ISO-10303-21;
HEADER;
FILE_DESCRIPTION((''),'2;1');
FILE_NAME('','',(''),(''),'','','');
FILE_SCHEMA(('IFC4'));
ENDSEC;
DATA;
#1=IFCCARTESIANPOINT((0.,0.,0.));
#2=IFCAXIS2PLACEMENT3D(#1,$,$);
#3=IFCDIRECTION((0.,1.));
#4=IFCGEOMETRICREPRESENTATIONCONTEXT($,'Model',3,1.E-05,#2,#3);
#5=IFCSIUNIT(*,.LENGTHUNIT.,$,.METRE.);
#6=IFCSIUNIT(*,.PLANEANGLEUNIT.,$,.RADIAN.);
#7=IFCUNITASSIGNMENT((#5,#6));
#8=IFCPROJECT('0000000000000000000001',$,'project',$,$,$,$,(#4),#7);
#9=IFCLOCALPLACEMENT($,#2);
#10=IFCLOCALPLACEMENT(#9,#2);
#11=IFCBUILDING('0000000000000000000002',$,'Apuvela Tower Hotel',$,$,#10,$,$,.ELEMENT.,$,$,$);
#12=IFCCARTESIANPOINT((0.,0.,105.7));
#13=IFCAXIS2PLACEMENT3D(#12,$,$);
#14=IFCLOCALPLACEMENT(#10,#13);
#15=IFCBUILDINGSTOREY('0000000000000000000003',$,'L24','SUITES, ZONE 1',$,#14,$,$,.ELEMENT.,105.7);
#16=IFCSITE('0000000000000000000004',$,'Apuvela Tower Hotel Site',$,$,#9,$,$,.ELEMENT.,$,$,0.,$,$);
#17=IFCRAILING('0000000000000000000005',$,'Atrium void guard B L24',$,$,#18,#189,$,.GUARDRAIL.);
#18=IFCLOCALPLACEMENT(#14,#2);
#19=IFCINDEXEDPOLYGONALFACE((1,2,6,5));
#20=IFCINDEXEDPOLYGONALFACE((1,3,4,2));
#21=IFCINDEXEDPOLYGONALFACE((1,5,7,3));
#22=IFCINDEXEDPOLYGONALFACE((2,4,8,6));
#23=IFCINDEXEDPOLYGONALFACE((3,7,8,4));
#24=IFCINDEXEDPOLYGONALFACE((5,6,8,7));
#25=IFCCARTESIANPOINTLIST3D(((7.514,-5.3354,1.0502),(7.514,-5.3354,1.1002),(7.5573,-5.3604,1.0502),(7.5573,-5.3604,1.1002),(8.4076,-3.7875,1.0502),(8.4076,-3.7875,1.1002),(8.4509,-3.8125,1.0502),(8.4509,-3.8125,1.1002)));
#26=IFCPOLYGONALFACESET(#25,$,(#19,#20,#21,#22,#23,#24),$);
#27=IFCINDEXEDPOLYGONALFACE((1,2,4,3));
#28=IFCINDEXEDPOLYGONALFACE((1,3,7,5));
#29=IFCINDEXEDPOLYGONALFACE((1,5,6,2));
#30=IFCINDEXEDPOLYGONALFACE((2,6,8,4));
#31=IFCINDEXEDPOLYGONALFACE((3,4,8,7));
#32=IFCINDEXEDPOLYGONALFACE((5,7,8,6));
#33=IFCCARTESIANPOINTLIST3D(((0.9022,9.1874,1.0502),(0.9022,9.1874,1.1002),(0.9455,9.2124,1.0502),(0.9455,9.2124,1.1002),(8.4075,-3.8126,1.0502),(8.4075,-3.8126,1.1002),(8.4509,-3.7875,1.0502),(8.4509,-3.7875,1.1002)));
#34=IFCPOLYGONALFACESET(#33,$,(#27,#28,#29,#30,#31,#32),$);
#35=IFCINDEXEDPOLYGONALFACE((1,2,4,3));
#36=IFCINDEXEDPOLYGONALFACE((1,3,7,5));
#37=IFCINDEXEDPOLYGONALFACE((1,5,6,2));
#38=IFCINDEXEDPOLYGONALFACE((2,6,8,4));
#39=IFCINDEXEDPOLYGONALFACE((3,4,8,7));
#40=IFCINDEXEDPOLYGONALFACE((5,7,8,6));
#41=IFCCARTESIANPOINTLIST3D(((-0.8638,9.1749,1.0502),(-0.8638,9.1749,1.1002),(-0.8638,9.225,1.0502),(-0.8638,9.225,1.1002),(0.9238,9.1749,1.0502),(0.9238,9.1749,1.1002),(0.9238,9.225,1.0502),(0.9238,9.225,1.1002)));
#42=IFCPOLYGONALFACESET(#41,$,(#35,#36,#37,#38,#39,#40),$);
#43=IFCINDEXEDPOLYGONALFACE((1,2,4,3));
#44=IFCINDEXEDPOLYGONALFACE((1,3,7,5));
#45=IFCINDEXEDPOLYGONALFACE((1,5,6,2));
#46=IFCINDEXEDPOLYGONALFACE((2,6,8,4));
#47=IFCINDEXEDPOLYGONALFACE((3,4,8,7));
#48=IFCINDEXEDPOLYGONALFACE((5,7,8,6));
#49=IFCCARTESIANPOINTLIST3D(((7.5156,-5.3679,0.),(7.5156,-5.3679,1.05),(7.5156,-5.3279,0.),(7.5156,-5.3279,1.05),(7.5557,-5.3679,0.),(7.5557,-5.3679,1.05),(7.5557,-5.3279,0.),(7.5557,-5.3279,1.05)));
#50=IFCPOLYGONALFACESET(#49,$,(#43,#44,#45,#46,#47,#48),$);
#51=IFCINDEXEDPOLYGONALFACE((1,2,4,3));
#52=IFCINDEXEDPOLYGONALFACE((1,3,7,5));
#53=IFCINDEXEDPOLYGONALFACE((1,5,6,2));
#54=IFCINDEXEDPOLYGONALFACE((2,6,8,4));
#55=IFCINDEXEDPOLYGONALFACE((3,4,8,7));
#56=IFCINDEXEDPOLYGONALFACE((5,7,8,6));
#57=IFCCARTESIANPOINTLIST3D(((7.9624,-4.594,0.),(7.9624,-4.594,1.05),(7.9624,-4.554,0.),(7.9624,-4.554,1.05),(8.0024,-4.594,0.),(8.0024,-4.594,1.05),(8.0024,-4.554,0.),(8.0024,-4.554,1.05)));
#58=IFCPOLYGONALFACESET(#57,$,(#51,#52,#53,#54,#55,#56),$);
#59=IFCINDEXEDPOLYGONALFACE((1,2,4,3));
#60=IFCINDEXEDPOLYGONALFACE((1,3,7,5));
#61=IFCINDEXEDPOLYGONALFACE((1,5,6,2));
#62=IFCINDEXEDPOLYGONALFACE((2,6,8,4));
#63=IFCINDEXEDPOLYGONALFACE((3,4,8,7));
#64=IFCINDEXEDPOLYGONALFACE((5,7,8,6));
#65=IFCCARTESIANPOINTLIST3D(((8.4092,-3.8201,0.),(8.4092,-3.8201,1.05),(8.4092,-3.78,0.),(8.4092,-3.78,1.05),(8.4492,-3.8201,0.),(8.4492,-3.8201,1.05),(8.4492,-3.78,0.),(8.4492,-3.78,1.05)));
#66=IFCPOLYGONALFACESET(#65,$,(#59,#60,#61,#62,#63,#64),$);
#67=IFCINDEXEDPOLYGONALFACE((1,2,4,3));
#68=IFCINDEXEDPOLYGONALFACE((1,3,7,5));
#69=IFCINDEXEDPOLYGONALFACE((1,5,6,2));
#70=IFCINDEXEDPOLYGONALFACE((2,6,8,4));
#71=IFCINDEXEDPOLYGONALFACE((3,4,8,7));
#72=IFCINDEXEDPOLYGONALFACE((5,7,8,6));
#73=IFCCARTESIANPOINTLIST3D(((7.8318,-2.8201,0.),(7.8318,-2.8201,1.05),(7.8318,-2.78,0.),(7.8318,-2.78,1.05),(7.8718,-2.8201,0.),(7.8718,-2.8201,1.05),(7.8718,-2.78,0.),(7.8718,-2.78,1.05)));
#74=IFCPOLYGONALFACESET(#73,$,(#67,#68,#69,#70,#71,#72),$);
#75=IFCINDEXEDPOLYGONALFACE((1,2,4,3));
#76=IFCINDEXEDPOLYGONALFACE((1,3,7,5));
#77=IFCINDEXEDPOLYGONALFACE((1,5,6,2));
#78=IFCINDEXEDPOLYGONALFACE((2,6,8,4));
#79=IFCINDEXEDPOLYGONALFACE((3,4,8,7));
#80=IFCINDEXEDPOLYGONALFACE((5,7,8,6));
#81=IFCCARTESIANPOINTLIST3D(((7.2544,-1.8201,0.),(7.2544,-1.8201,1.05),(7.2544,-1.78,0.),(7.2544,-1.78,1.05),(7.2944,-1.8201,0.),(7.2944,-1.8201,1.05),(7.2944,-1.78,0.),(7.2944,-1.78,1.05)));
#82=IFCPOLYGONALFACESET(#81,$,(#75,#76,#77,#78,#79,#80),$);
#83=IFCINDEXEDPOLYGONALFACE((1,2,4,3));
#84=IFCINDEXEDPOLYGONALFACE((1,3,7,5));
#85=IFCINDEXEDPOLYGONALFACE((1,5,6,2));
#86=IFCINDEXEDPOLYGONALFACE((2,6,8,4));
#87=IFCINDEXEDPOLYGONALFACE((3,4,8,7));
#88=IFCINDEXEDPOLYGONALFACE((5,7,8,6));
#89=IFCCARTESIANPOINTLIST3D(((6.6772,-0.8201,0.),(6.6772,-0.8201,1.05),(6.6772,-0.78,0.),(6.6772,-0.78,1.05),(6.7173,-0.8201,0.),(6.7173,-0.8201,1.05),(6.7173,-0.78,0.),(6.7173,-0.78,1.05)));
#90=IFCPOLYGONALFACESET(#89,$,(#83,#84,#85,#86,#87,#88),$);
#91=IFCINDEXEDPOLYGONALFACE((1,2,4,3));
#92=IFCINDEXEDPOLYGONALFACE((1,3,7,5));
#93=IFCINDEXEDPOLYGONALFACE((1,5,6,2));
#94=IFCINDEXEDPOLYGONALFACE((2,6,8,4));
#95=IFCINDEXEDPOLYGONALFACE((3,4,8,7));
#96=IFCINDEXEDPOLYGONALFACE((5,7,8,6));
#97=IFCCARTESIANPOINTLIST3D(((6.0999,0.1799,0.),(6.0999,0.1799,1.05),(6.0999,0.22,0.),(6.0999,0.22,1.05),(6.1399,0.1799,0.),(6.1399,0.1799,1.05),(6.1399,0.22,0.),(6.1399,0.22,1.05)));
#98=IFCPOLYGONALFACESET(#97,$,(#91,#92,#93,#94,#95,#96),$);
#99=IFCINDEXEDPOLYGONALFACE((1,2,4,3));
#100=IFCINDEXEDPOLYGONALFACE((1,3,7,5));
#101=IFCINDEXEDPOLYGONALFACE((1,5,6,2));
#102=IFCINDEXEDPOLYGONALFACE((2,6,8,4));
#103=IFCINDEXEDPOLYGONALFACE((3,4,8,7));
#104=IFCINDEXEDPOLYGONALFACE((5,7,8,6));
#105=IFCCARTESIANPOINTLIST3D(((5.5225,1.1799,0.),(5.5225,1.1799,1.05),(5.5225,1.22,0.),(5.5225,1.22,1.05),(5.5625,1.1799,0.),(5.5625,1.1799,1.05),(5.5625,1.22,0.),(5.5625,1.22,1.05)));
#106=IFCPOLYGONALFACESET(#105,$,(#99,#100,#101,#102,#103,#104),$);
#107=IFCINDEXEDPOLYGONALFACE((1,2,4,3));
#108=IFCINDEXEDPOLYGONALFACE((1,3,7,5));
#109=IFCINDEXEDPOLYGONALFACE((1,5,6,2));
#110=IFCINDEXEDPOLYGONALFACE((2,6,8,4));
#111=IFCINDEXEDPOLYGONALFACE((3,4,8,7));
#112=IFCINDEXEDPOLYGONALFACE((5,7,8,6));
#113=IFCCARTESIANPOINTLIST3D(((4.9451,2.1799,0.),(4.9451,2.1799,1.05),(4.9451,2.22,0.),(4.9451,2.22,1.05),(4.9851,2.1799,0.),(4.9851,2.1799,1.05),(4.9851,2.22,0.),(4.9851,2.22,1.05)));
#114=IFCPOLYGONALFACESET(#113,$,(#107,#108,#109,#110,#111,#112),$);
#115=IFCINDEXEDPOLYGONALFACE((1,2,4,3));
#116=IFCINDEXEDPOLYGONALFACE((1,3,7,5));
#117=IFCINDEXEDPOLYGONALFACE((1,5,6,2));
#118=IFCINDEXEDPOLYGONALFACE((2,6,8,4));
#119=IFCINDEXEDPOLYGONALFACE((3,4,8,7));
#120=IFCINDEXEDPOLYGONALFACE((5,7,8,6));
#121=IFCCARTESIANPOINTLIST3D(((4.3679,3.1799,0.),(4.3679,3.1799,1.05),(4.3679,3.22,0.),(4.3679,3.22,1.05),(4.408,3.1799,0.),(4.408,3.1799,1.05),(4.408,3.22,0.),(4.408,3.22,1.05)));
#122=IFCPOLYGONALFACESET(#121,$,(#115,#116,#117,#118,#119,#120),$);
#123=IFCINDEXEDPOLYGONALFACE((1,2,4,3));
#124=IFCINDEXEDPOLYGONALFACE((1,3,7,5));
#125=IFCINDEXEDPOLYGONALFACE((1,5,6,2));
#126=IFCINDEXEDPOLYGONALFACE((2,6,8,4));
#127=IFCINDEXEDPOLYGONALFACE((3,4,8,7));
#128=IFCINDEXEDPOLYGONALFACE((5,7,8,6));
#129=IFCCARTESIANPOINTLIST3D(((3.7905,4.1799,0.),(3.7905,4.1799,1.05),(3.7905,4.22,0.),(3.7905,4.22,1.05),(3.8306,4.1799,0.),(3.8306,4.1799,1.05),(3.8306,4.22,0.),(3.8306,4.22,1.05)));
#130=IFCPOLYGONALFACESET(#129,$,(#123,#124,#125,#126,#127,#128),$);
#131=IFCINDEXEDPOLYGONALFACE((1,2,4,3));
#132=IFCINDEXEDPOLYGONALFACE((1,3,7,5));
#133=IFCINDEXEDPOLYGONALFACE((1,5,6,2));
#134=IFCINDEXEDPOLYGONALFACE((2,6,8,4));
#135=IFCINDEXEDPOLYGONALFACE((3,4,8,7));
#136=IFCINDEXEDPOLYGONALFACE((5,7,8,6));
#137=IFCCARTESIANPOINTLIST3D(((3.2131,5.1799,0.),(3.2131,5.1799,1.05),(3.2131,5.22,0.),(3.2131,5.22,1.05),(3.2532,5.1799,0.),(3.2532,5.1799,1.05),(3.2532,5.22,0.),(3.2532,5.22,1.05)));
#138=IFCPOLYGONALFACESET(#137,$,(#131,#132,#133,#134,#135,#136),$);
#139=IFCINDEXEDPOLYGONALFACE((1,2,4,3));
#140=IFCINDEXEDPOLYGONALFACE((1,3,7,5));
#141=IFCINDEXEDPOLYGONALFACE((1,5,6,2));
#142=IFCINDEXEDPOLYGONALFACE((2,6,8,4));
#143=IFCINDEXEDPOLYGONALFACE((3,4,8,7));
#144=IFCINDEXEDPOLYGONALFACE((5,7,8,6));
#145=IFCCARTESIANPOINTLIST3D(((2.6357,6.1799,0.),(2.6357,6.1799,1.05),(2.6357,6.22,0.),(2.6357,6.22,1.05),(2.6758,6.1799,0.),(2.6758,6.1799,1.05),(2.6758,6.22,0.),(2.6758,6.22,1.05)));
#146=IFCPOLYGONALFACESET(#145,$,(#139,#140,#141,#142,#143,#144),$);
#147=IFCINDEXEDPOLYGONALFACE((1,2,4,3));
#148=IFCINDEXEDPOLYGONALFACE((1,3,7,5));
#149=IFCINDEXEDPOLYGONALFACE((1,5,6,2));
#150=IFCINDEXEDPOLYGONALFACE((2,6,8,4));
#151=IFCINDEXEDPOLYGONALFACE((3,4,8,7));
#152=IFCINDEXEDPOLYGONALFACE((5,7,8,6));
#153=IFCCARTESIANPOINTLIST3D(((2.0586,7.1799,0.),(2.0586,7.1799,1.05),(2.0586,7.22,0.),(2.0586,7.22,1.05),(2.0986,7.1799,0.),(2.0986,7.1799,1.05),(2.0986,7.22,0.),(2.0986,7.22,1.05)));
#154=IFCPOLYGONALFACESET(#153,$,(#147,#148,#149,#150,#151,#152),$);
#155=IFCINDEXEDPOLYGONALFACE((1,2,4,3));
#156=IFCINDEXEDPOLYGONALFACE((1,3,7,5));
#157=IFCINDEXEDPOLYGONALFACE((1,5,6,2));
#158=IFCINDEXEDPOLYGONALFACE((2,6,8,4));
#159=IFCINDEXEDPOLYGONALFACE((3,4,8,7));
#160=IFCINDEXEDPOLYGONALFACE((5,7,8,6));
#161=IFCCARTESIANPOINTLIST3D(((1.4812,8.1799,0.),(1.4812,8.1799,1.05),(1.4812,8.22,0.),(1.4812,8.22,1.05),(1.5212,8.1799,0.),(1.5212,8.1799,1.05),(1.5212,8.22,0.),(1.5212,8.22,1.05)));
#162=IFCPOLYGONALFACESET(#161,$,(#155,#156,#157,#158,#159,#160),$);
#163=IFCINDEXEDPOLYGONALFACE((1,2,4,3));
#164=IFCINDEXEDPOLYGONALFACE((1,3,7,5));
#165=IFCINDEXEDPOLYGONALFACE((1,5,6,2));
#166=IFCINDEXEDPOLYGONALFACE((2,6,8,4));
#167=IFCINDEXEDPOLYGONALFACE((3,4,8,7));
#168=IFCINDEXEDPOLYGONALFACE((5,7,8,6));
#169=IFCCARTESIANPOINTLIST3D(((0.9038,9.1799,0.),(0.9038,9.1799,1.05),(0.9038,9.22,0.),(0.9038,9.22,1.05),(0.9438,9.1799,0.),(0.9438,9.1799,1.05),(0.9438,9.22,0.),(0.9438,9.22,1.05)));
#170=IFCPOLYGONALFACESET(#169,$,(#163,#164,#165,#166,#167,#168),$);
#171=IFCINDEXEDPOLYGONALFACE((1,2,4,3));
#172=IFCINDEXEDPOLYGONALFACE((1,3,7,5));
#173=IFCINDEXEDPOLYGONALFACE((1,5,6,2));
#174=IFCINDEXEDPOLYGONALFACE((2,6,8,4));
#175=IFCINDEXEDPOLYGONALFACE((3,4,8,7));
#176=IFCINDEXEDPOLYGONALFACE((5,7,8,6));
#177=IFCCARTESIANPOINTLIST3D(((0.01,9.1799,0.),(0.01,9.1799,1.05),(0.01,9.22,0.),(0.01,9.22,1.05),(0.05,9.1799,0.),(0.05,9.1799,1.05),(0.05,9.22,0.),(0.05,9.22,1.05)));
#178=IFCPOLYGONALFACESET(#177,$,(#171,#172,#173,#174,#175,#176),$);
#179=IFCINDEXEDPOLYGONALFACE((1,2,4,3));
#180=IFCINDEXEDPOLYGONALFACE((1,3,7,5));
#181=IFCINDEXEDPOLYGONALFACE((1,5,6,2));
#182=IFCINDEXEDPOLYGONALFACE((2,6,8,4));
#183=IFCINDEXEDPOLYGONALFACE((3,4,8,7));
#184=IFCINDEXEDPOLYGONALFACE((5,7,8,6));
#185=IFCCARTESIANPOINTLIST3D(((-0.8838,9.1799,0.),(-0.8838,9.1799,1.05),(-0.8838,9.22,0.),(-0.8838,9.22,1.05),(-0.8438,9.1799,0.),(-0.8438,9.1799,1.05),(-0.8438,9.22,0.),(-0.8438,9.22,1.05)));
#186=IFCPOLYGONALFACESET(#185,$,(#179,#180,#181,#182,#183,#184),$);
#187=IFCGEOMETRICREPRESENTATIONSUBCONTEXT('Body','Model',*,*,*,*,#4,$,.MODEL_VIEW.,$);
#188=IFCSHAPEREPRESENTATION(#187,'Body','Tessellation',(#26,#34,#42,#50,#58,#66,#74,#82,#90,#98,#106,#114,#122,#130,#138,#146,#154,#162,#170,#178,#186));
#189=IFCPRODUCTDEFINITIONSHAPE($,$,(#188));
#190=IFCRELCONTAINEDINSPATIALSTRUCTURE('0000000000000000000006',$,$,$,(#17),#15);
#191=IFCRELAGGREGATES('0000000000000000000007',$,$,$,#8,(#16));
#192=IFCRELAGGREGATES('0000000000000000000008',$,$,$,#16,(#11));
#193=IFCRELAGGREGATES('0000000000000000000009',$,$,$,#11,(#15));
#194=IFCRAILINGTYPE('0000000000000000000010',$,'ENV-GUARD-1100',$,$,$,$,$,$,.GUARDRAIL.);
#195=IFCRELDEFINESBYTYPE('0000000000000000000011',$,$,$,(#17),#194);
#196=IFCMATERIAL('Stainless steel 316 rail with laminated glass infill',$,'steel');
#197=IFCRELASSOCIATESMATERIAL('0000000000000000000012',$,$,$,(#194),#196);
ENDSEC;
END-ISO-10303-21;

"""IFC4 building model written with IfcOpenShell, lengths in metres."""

from ifc_helpers import new_model, si_unit, direction, frame, origin, origin_2d, place, context, subcontext, project, spatial, rectangle, extrude, material, type_object, element, save


model = new_model("IFC4")

# Units and contexts
model_context = context("Model", 3, precision=1e-05, world=origin(), true_north=direction((0.0, 1.0)))
body_context = subcontext(model_context, "Body", "Model", "MODEL_VIEW")
ifc_project = project(units=[si_unit("LENGTHUNIT", "METRE"), si_unit("PLANEANGLEUNIT", "RADIAN")], contexts=[model_context])

# Site, building, storey
site_placement = place(None, origin())
site = spatial("IfcSite", under=ifc_project, at=site_placement, Name="Apuvela Tower Hotel Site", CompositionType="ELEMENT", RefElevation=0.0)
building_placement = place(site_placement, origin())
building = spatial("IfcBuilding", under=site, at=building_placement, Name="Apuvela Tower Hotel", CompositionType="ELEMENT")
storey_placement = place(building_placement, frame((0.0, 0.0, 105.7)))
storey = spatial("IfcBuildingStorey", under=building, at=storey_placement, Name="L24", Description="SUITES, ZONE 1", CompositionType="ELEMENT", Elevation=105.7)

# Railing
ifc_material_1 = material(Name="Stainless steel 316 rail with laminated glass infill", Category="steel")
railing_type_1 = type_object("IfcRailingType", Name="ENV-GUARD-1100", PredefinedType="GUARDRAIL", material=ifc_material_1)
railing_1_placement = place(storey_placement, frame((7.5356, -5.3479, 0.0)))
element("IfcRailing", 1, at=railing_1_placement, inside=storey, type_object=railing_type_1, Name="Atrium void guard B L24", PredefinedType="GUARDRAIL", context=body_context, shape_type="SweptSolid", body=[
    extrude(rectangle(XDim=0.05, YDim=0.05, at=origin_2d()), frame((0.0, 0.0, 1.0752), z_axis=(0.499959, 0.866049, 0.0), x_axis=(-0.866049, 0.499959, 0.0)), (0.0, 0.0, 1.0), 1.7874),
    extrude(rectangle(XDim=0.05, YDim=0.05, at=origin_2d()), frame((0.8936, 1.5479, 1.0752), z_axis=(-0.499991, 0.866031, 0.0), x_axis=(-0.866031, -0.499991, 0.0)), (0.0, 0.0, 1.0), 15.011),
    extrude(rectangle(XDim=0.05, YDim=0.05, at=origin_2d()), frame((-6.6118, 14.5479, 1.0752), z_axis=(-1.0, 0.0, 0.0), x_axis=(0.0, -1.0, 0.0)), (0.0, 0.0, 1.0), 1.7876),
    extrude(rectangle(XDim=0.04, YDim=0.04, at=origin_2d()), origin(), (0.0, 0.0, 1.0), 1.05),
    extrude(rectangle(XDim=0.04, YDim=0.04, at=origin_2d()), frame((0.4468, 0.7739, 0.0)), (0.0, 0.0, 1.0), 1.05),
    extrude(rectangle(XDim=0.04, YDim=0.04, at=origin_2d()), frame((0.8936, 1.5479, 0.0)), (0.0, 0.0, 1.0), 1.05),
    extrude(rectangle(XDim=0.04, YDim=0.04, at=origin_2d()), frame((0.3162, 2.5479, 0.0)), (0.0, 0.0, 1.0), 1.05),
    extrude(rectangle(XDim=0.04, YDim=0.04, at=origin_2d()), frame((-0.2612, 3.5479, 0.0)), (0.0, 0.0, 1.0), 1.05),
    extrude(rectangle(XDim=0.04, YDim=0.04, at=origin_2d()), frame((-0.8384, 4.5479, 0.0)), (0.0, 0.0, 1.0), 1.05),
    extrude(rectangle(XDim=0.04, YDim=0.04, at=origin_2d()), frame((-1.4158, 5.5479, 0.0)), (0.0, 0.0, 1.0), 1.05),
    extrude(rectangle(XDim=0.04, YDim=0.04, at=origin_2d()), frame((-1.9932, 6.5479, 0.0)), (0.0, 0.0, 1.0), 1.05),
    extrude(rectangle(XDim=0.04, YDim=0.04, at=origin_2d()), frame((-2.5706, 7.5479, 0.0)), (0.0, 0.0, 1.0), 1.05),
    extrude(rectangle(XDim=0.04, YDim=0.04, at=origin_2d()), frame((-3.1477, 8.5479, 0.0)), (0.0, 0.0, 1.0), 1.05),
    extrude(rectangle(XDim=0.04, YDim=0.04, at=origin_2d()), frame((-3.7251, 9.5479, 0.0)), (0.0, 0.0, 1.0), 1.05),
    extrude(rectangle(XDim=0.04, YDim=0.04, at=origin_2d()), frame((-4.3025, 10.5479, 0.0)), (0.0, 0.0, 1.0), 1.05),
    extrude(rectangle(XDim=0.04, YDim=0.04, at=origin_2d()), frame((-4.8799, 11.5479, 0.0)), (0.0, 0.0, 1.0), 1.05),
    extrude(rectangle(XDim=0.04, YDim=0.04, at=origin_2d()), frame((-5.457, 12.5479, 0.0)), (0.0, 0.0, 1.0), 1.05),
    extrude(rectangle(XDim=0.04, YDim=0.04, at=origin_2d()), frame((-6.0344, 13.5479, 0.0)), (0.0, 0.0, 1.0), 1.05),
    extrude(rectangle(XDim=0.04, YDim=0.04, at=origin_2d()), frame((-6.6118, 14.5479, 0.0)), (0.0, 0.0, 1.0), 1.05),
    extrude(rectangle(XDim=0.04, YDim=0.04, at=origin_2d()), frame((-7.5056, 14.5479, 0.0)), (0.0, 0.0, 1.0), 1.05),
    extrude(rectangle(XDim=0.04, YDim=0.04, at=origin_2d()), frame((-8.3994, 14.5479, 0.0)), (0.0, 0.0, 1.0), 1.05),
])

save(model, "model.ifc")
